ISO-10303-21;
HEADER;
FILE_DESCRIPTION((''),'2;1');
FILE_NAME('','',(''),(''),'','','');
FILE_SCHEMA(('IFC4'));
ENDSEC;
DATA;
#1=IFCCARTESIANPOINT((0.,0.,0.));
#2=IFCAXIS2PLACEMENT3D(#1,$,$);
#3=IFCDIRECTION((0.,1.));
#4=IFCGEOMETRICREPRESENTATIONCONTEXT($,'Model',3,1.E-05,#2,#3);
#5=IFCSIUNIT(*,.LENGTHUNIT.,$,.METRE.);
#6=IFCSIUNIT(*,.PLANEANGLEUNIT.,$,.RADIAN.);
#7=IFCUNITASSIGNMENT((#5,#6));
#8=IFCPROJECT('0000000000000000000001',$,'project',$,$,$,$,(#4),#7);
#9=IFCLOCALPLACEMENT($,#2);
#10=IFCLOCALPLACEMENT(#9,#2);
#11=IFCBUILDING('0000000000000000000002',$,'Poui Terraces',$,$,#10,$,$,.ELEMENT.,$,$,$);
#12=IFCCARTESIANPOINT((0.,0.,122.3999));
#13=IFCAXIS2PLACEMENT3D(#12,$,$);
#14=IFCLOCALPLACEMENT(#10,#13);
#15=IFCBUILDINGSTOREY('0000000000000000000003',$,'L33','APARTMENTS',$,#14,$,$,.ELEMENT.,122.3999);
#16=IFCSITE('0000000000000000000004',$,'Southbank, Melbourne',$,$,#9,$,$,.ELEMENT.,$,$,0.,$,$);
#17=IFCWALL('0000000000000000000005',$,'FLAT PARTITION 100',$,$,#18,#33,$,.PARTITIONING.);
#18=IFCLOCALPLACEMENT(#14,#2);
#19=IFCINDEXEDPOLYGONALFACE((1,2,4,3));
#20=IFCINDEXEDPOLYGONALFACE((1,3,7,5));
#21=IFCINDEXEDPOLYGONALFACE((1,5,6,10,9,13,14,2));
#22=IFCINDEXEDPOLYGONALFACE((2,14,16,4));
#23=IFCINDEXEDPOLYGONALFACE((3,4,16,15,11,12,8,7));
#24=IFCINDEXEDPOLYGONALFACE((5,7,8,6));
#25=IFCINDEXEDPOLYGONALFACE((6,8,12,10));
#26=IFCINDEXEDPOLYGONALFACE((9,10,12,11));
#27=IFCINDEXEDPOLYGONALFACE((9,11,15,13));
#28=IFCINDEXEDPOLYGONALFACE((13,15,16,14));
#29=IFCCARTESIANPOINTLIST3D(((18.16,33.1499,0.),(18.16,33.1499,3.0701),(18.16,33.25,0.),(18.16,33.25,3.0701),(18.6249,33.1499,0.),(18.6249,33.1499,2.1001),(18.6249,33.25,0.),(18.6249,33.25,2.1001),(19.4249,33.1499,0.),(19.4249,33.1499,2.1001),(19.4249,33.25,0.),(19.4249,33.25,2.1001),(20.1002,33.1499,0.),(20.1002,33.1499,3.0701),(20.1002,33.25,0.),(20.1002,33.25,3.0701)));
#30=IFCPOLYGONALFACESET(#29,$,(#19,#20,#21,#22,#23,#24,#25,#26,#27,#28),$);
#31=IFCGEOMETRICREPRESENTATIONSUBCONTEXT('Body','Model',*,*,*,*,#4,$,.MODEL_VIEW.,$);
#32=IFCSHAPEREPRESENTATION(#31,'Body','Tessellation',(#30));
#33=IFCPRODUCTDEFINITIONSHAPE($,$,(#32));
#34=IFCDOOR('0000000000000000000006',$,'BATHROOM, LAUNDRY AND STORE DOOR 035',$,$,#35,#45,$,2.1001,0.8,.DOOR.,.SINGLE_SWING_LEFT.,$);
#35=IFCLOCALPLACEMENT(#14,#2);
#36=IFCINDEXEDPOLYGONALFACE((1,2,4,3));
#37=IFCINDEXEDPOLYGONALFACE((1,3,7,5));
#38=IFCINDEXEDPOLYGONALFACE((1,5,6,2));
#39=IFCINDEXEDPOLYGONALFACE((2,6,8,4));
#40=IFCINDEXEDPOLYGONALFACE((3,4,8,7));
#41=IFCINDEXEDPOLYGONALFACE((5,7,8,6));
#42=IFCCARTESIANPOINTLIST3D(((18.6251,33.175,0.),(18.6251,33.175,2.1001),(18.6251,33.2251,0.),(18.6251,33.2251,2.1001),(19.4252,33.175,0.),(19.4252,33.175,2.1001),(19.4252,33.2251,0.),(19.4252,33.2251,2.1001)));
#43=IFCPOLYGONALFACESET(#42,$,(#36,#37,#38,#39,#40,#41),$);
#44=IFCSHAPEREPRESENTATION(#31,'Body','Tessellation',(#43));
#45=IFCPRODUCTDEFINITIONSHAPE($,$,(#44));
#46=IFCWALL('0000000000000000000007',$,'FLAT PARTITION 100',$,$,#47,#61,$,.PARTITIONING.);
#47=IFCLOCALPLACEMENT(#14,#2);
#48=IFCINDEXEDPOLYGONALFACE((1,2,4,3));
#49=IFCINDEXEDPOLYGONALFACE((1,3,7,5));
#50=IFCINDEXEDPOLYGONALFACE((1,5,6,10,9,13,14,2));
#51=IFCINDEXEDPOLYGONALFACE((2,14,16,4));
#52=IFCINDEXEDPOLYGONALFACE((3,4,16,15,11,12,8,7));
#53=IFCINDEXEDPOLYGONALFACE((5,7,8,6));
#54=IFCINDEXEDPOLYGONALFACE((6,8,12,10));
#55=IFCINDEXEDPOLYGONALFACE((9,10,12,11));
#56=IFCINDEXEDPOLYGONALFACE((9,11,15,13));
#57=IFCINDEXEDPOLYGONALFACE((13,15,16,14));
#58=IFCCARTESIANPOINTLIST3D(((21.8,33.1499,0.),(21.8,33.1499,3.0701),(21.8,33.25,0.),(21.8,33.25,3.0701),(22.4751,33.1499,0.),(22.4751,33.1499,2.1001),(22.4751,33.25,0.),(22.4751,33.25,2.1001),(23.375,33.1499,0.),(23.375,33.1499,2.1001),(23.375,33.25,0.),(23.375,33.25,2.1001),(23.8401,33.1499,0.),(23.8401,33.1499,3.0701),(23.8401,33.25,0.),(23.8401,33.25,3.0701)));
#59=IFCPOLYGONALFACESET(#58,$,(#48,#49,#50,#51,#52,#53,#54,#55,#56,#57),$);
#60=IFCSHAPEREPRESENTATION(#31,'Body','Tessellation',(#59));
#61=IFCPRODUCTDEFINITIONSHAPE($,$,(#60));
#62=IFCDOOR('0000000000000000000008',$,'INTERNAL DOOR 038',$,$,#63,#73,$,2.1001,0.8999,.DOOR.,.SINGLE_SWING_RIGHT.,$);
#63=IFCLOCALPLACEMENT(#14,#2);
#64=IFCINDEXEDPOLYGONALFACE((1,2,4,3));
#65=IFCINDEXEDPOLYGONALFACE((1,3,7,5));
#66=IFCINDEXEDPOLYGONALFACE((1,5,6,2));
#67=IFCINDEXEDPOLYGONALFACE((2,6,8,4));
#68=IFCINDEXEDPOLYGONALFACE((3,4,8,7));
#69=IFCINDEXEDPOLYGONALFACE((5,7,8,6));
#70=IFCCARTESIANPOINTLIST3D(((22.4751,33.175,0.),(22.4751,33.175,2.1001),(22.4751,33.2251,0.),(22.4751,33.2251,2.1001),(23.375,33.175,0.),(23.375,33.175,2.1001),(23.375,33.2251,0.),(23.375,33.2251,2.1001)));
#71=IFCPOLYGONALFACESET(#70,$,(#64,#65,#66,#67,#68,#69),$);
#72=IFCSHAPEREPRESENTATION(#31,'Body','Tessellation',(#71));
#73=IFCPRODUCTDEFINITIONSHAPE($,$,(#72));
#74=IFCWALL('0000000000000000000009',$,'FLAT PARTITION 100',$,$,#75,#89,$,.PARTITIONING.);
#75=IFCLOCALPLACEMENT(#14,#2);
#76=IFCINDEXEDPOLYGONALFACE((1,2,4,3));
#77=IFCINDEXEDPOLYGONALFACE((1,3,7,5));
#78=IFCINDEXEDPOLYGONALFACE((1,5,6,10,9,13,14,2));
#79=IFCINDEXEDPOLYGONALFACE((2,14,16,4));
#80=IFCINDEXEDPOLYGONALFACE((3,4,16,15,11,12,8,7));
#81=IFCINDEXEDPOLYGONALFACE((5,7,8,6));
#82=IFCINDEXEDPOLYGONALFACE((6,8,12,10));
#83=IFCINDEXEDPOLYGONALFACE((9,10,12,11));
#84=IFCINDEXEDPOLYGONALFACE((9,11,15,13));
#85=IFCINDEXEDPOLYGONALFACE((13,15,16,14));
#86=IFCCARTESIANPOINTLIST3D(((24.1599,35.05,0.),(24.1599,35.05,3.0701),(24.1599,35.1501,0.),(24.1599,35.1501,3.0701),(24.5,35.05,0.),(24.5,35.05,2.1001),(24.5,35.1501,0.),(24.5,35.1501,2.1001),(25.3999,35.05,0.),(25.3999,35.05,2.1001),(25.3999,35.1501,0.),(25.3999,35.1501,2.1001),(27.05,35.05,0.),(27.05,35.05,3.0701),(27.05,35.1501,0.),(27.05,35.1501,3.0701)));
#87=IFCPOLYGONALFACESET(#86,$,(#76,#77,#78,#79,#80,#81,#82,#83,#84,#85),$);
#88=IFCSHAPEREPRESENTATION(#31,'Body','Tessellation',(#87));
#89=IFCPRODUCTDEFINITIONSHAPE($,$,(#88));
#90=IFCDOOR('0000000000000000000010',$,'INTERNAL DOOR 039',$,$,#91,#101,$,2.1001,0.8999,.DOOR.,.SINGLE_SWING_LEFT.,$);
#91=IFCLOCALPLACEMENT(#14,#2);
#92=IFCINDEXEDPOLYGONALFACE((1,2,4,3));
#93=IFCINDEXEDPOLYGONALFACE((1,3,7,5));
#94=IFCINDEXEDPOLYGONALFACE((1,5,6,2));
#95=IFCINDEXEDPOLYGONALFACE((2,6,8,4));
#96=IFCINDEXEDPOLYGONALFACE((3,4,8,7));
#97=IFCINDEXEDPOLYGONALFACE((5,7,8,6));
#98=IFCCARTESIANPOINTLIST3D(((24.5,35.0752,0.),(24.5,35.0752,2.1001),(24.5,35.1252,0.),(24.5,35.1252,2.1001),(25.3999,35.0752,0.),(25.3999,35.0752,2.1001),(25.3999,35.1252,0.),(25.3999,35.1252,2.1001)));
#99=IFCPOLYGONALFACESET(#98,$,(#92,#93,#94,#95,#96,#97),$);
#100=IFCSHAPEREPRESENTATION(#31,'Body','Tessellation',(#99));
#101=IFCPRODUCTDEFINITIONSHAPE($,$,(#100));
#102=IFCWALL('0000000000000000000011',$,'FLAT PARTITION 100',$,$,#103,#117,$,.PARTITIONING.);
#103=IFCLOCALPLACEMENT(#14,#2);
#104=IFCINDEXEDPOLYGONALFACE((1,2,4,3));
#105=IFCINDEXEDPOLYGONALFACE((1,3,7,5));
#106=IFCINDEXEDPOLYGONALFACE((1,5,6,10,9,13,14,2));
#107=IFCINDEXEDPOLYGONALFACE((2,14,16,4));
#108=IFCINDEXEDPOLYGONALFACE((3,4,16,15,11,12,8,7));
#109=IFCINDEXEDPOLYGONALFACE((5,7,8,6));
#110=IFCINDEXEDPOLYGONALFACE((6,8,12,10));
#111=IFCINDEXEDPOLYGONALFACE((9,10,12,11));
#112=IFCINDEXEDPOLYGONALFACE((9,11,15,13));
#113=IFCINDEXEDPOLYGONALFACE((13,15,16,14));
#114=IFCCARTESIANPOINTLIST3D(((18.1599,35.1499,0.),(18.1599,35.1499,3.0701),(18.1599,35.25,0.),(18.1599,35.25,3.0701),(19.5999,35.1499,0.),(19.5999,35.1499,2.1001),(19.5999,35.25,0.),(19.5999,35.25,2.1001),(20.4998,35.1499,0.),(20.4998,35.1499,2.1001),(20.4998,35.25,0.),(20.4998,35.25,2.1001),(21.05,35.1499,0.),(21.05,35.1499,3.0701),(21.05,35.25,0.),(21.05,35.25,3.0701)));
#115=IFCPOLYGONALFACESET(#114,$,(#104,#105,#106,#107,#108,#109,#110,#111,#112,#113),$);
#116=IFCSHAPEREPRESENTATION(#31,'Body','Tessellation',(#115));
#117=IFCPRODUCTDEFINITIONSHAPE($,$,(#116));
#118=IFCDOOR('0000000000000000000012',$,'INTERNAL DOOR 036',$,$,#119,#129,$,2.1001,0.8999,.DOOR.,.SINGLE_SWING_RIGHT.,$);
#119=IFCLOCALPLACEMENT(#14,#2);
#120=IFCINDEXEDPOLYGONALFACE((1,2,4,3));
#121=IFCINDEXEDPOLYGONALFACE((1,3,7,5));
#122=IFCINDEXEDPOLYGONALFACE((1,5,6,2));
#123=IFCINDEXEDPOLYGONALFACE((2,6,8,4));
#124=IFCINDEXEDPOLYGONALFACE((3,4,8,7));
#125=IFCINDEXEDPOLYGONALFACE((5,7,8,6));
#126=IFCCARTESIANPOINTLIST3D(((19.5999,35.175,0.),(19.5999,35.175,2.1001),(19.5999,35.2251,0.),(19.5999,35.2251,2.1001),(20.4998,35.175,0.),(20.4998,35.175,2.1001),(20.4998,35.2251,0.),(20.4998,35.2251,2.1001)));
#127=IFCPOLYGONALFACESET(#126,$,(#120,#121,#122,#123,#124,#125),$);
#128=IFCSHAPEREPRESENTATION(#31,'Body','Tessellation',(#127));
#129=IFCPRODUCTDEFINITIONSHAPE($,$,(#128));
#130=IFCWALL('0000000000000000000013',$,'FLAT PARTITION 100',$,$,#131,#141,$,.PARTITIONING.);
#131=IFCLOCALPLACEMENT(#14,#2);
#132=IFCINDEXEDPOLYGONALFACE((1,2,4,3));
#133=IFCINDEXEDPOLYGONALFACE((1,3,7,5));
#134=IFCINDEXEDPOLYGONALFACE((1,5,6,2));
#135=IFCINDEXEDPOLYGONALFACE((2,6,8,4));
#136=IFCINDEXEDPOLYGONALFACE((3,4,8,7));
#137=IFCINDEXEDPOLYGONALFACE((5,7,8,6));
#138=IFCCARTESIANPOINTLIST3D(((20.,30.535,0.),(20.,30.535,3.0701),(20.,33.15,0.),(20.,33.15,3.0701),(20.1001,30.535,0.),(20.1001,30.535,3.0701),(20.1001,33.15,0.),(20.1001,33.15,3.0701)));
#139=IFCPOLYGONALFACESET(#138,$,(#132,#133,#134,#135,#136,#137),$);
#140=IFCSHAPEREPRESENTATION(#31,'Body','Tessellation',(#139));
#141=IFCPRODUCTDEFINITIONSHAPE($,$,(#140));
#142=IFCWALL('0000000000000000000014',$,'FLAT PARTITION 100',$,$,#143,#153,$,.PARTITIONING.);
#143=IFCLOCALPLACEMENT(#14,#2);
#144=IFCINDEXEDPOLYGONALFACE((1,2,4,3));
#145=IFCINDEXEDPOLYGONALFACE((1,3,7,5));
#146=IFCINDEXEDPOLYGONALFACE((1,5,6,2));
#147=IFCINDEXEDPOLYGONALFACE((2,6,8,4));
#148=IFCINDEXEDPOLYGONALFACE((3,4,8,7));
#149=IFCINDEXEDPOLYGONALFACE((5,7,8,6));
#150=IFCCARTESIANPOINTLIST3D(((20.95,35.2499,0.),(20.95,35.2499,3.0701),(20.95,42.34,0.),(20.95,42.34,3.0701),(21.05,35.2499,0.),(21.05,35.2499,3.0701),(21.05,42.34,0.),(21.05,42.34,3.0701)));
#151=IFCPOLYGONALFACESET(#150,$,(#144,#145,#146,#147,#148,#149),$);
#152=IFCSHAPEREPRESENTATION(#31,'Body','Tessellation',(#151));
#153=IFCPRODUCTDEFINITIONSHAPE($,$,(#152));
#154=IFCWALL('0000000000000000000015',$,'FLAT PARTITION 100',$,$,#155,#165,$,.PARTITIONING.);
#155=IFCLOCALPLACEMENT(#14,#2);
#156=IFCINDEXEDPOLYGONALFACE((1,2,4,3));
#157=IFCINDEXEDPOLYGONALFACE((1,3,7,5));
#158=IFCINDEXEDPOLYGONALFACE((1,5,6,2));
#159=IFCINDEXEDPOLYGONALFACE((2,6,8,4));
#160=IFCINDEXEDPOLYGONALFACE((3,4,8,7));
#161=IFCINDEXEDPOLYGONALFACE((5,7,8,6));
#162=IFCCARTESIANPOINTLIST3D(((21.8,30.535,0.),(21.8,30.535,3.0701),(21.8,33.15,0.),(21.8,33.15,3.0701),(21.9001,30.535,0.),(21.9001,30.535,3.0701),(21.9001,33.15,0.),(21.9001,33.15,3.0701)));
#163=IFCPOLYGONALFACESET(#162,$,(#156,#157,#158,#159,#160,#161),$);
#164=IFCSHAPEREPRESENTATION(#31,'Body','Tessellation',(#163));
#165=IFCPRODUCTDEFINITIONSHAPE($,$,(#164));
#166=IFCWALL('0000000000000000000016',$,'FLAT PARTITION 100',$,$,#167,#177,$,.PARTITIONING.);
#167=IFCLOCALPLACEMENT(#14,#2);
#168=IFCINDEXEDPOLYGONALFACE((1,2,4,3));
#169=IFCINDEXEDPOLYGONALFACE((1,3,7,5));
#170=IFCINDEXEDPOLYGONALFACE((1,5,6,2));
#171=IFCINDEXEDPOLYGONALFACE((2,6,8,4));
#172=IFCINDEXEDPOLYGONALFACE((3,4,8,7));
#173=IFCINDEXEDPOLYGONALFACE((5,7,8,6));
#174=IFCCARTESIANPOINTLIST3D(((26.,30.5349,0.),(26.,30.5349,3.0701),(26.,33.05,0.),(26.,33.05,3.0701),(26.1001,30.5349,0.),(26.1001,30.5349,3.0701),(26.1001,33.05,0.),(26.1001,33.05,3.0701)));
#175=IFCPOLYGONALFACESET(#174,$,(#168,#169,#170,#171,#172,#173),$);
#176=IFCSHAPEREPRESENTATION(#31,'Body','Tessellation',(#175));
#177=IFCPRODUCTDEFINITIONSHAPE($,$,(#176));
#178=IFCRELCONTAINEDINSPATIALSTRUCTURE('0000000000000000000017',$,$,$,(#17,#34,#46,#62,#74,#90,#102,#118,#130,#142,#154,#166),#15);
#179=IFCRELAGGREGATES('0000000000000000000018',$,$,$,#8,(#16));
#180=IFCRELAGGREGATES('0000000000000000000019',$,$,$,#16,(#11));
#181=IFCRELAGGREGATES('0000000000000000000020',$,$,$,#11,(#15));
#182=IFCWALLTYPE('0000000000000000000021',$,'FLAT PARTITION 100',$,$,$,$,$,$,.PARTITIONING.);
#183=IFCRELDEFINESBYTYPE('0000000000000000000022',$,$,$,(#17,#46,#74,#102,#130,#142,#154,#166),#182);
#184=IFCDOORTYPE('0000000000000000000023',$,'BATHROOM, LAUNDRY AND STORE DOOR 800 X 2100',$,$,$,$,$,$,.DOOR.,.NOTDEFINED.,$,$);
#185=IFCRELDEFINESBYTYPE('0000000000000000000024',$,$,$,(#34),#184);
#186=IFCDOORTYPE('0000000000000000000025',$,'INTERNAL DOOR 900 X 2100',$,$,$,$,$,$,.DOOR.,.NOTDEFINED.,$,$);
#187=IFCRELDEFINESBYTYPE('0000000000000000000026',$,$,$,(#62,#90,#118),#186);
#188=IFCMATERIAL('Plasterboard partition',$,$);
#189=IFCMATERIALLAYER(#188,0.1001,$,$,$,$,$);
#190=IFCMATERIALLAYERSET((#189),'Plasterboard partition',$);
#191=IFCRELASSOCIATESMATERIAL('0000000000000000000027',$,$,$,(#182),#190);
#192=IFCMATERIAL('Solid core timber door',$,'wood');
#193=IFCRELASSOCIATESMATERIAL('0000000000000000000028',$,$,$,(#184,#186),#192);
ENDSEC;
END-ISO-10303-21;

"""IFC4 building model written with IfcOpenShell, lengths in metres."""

from ifc_helpers import new_model, si_unit, direction, frame, frame_2d, origin, place, context, subcontext, project, spatial, rectangle, extrude, material, layer, layer_set, type_object, element, fill, save


model = new_model("IFC4")

# Units and contexts
model_context = context("Model", 3, precision=1e-05, world=origin(), true_north=direction((0.0, 1.0)))
body_context = subcontext(model_context, "Body", "Model", "MODEL_VIEW")
ifc_project = project(units=[si_unit("LENGTHUNIT", "METRE"), si_unit("PLANEANGLEUNIT", "RADIAN")], contexts=[model_context])

# Site, building, storey
site_placement = place(None, origin())
site = spatial("IfcSite", under=ifc_project, at=site_placement, Name="Southbank, Melbourne", CompositionType="ELEMENT", RefElevation=0.0)
building_placement = place(site_placement, origin())
building = spatial("IfcBuilding", under=site, at=building_placement, Name="Poui Terraces", CompositionType="ELEMENT")
storey_placement = place(building_placement, frame((0.0, 0.0, 122.3999)))
storey = spatial("IfcBuildingStorey", under=building, at=storey_placement, Name="L33", Description="APARTMENTS", CompositionType="ELEMENT", Elevation=122.3999)

# Walls, openings, doors
ifc_material_1 = material(Name="Plasterboard partition")
ifc_layer_1 = layer(ifc_material_1, 0.1001)
ifc_layer_set_1 = layer_set([ifc_layer_1], Name="Plasterboard partition")
wall_type_1 = type_object("IfcWallType", Name="FLAT PARTITION 100", PredefinedType="PARTITIONING", material=ifc_layer_set_1)
ifc_material_2 = material(Name="Solid core timber door", Category="wood")
door_type_1 = type_object("IfcDoorType", Name="BATHROOM, LAUNDRY AND STORE DOOR 800 X 2100", OperationType="NOTDEFINED", PredefinedType="DOOR", material=ifc_material_2)
door_type_2 = type_object("IfcDoorType", Name="INTERNAL DOOR 900 X 2100", OperationType="NOTDEFINED", PredefinedType="DOOR", material=ifc_material_2)
wall_1_placement = place(storey_placement, frame((18.1599, 33.2, 0.0), z_axis=(0.0, 0.0, 1.0), x_axis=(1.0, 0.0, 0.0)))
wall_1 = element("IfcWall", 1, at=wall_1_placement, inside=storey, type_object=wall_type_1, Name="FLAT PARTITION 100", PredefinedType="PARTITIONING", context=body_context, shape_type="SweptSolid", body=[
    extrude(rectangle(XDim=1.9402, YDim=0.1001, at=frame_2d((0.9702, 0.0))), origin(), (0.0, 0.0, 1.0), 3.0701),
])
opening_1_placement = place(wall_1_placement, frame((0.4651, 0.0, 0.0)))
opening_1 = element("IfcOpeningElement", 2, at=opening_1_placement, cuts=wall_1, PredefinedType="OPENING", context=body_context, shape_type="SweptSolid", body=[
    extrude(rectangle(XDim=0.8, YDim=2.1001, at=frame_2d((0.3999, 1.05))), frame((0.0, 0.0601, 0.0), z_axis=(0.0, -1.0, 0.0), x_axis=(1.0, 0.0, 0.0)), (0.0, 0.0, 1.0), 0.1201),
])
door_1_placement = place(opening_1_placement, frame((0.8, 0.0, 0.0), z_axis=(0.0, 0.0, 1.0), x_axis=(-1.0, 0.0, 0.0)))
door_1 = element("IfcDoor", 3, at=door_1_placement, inside=storey, type_object=door_type_1, Name="BATHROOM, LAUNDRY AND STORE DOOR 035", OperationType="SINGLE_SWING_LEFT", OverallHeight=2.1001, OverallWidth=0.8, PredefinedType="DOOR", context=body_context, shape_type="SweptSolid", body=[
    extrude(rectangle(XDim=0.8, YDim=2.1001, at=frame_2d((0.3999, 1.05))), frame((0.0, 0.0249, 0.0), z_axis=(0.0, -1.0, 0.0), x_axis=(1.0, 0.0, 0.0)), (0.0, 0.0, 1.0), 0.05),
])
fill(opening_1, door_1)
wall_2_placement = place(storey_placement, frame((21.8, 33.2, 0.0), z_axis=(0.0, 0.0, 1.0), x_axis=(1.0, 0.0, 0.0)))
wall_2 = element("IfcWall", 4, at=wall_2_placement, inside=storey, type_object=wall_type_1, Name="FLAT PARTITION 100", PredefinedType="PARTITIONING", context=body_context, shape_type="SweptSolid", body=[
    extrude(rectangle(XDim=2.04, YDim=0.1001, at=frame_2d((1.02, 0.0))), origin(), (0.0, 0.0, 1.0), 3.0701),
])
opening_2_placement = place(wall_2_placement, frame((0.675, 0.0, 0.0)))
opening_2 = element("IfcOpeningElement", 5, at=opening_2_placement, cuts=wall_2, PredefinedType="OPENING", context=body_context, shape_type="SweptSolid", body=[
    extrude(rectangle(XDim=0.8999, YDim=2.1001, at=frame_2d((0.45, 1.05))), frame((0.0, 0.0601, 0.0), z_axis=(0.0, -1.0, 0.0), x_axis=(1.0, 0.0, 0.0)), (0.0, 0.0, 1.0), 0.1201),
])
door_2_placement = place(opening_2_placement, frame((0.8999, 0.0, 0.0), z_axis=(0.0, 0.0, 1.0), x_axis=(-1.0, 0.0, 0.0)))
door_2 = element("IfcDoor", 6, at=door_2_placement, inside=storey, type_object=door_type_2, Name="INTERNAL DOOR 038", OperationType="SINGLE_SWING_RIGHT", OverallHeight=2.1001, OverallWidth=0.8999, PredefinedType="DOOR", context=body_context, shape_type="SweptSolid", body=[
    extrude(rectangle(XDim=0.8999, YDim=2.1001, at=frame_2d((0.45, 1.05))), frame((0.0, 0.0249, 0.0), z_axis=(0.0, -1.0, 0.0), x_axis=(1.0, 0.0, 0.0)), (0.0, 0.0, 1.0), 0.05),
])
fill(opening_2, door_2)
wall_3_placement = place(storey_placement, frame((24.1599, 35.1001, 0.0), z_axis=(0.0, 0.0, 1.0), x_axis=(1.0, 0.0, 0.0)))
wall_3 = element("IfcWall", 7, at=wall_3_placement, inside=storey, type_object=wall_type_1, Name="FLAT PARTITION 100", PredefinedType="PARTITIONING", context=body_context, shape_type="SweptSolid", body=[
    extrude(rectangle(XDim=2.8901, YDim=0.1001, at=frame_2d((1.4451, 0.0))), origin(), (0.0, 0.0, 1.0), 3.0701),
])
opening_3_placement = place(wall_3_placement, frame((0.3401, 0.0, 0.0)))
opening_3 = element("IfcOpeningElement", 8, at=opening_3_placement, cuts=wall_3, PredefinedType="OPENING", context=body_context, shape_type="SweptSolid", body=[
    extrude(rectangle(XDim=0.8999, YDim=2.1001, at=frame_2d((0.45, 1.05))), frame((0.0, 0.0601, 0.0), z_axis=(0.0, -1.0, 0.0), x_axis=(1.0, 0.0, 0.0)), (0.0, 0.0, 1.0), 0.1201),
])
door_3_placement = place(opening_3_placement, frame((0.8999, 0.0, 0.0), z_axis=(0.0, 0.0, 1.0), x_axis=(-1.0, 0.0, 0.0)))
door_3 = element("IfcDoor", 9, at=door_3_placement, inside=storey, type_object=door_type_2, Name="INTERNAL DOOR 039", OperationType="SINGLE_SWING_LEFT", OverallHeight=2.1001, OverallWidth=0.8999, PredefinedType="DOOR", context=body_context, shape_type="SweptSolid", body=[
    extrude(rectangle(XDim=0.8999, YDim=2.1001, at=frame_2d((0.45, 1.05))), frame((0.0, 0.0249, 0.0), z_axis=(0.0, -1.0, 0.0), x_axis=(1.0, 0.0, 0.0)), (0.0, 0.0, 1.0), 0.05),
])
fill(opening_3, door_3)
wall_4_placement = place(storey_placement, frame((18.1599, 35.2, 0.0), z_axis=(0.0, 0.0, 1.0), x_axis=(1.0, 0.0, 0.0)))
wall_4 = element("IfcWall", 10, at=wall_4_placement, inside=storey, type_object=wall_type_1, Name="FLAT PARTITION 100", PredefinedType="PARTITIONING", context=body_context, shape_type="SweptSolid", body=[
    extrude(rectangle(XDim=2.8901, YDim=0.1001, at=frame_2d((1.4451, 0.0))), origin(), (0.0, 0.0, 1.0), 3.0701),
])
opening_4_placement = place(wall_4_placement, frame((1.4399, 0.0, 0.0)))
opening_4 = element("IfcOpeningElement", 11, at=opening_4_placement, cuts=wall_4, PredefinedType="OPENING", context=body_context, shape_type="SweptSolid", body=[
    extrude(rectangle(XDim=0.8999, YDim=2.1001, at=frame_2d((0.45, 1.05))), frame((0.0, 0.0601, 0.0), z_axis=(0.0, -1.0, 0.0), x_axis=(1.0, 0.0, 0.0)), (0.0, 0.0, 1.0), 0.1201),
])
door_4_placement = place(opening_4_placement, frame((0.8999, 0.0, 0.0), z_axis=(0.0, 0.0, 1.0), x_axis=(-1.0, 0.0, 0.0)))
door_4 = element("IfcDoor", 12, at=door_4_placement, inside=storey, type_object=door_type_2, Name="INTERNAL DOOR 036", OperationType="SINGLE_SWING_RIGHT", OverallHeight=2.1001, OverallWidth=0.8999, PredefinedType="DOOR", context=body_context, shape_type="SweptSolid", body=[
    extrude(rectangle(XDim=0.8999, YDim=2.1001, at=frame_2d((0.45, 1.05))), frame((0.0, 0.0249, 0.0), z_axis=(0.0, -1.0, 0.0), x_axis=(1.0, 0.0, 0.0)), (0.0, 0.0, 1.0), 0.05),
])
fill(opening_4, door_4)

# Walls
wall_5_placement = place(storey_placement, frame((20.05, 30.5349, 0.0), z_axis=(0.0, 0.0, 1.0), x_axis=(0.0, 1.0, 0.0)))
element("IfcWall", 13, at=wall_5_placement, inside=storey, type_object=wall_type_1, Name="FLAT PARTITION 100", PredefinedType="PARTITIONING", context=body_context, shape_type="SweptSolid", body=[
    extrude(rectangle(XDim=2.615, YDim=0.1001, at=frame_2d((1.3076, 0.0))), origin(), (0.0, 0.0, 1.0), 3.0701),
])
wall_6_placement = place(storey_placement, frame((21.0, 35.25, 0.0), z_axis=(0.0, 0.0, 1.0), x_axis=(0.0, 1.0, 0.0)))
element("IfcWall", 14, at=wall_6_placement, inside=storey, type_object=wall_type_1, Name="FLAT PARTITION 100", PredefinedType="PARTITIONING", context=body_context, shape_type="SweptSolid", body=[
    extrude(rectangle(XDim=7.0901, YDim=0.1001, at=frame_2d((3.5449, 0.0))), origin(), (0.0, 0.0, 1.0), 3.0701),
])
wall_7_placement = place(storey_placement, frame((21.8501, 30.5349, 0.0), z_axis=(0.0, 0.0, 1.0), x_axis=(0.0, 1.0, 0.0)))
element("IfcWall", 15, at=wall_7_placement, inside=storey, type_object=wall_type_1, Name="FLAT PARTITION 100", PredefinedType="PARTITIONING", context=body_context, shape_type="SweptSolid", body=[
    extrude(rectangle(XDim=2.615, YDim=0.1001, at=frame_2d((1.3076, 0.0))), origin(), (0.0, 0.0, 1.0), 3.0701),
])
wall_8_placement = place(storey_placement, frame((26.05, 30.5349, 0.0), z_axis=(0.0, 0.0, 1.0), x_axis=(0.0, 1.0, 0.0)))
element("IfcWall", 16, at=wall_8_placement, inside=storey, type_object=wall_type_1, Name="FLAT PARTITION 100", PredefinedType="PARTITIONING", context=body_context, shape_type="SweptSolid", body=[
    extrude(rectangle(XDim=2.5151, YDim=0.1001, at=frame_2d((1.2576, 0.0))), origin(), (0.0, 0.0, 1.0), 3.0701),
])

save(model, "model.ifc")
